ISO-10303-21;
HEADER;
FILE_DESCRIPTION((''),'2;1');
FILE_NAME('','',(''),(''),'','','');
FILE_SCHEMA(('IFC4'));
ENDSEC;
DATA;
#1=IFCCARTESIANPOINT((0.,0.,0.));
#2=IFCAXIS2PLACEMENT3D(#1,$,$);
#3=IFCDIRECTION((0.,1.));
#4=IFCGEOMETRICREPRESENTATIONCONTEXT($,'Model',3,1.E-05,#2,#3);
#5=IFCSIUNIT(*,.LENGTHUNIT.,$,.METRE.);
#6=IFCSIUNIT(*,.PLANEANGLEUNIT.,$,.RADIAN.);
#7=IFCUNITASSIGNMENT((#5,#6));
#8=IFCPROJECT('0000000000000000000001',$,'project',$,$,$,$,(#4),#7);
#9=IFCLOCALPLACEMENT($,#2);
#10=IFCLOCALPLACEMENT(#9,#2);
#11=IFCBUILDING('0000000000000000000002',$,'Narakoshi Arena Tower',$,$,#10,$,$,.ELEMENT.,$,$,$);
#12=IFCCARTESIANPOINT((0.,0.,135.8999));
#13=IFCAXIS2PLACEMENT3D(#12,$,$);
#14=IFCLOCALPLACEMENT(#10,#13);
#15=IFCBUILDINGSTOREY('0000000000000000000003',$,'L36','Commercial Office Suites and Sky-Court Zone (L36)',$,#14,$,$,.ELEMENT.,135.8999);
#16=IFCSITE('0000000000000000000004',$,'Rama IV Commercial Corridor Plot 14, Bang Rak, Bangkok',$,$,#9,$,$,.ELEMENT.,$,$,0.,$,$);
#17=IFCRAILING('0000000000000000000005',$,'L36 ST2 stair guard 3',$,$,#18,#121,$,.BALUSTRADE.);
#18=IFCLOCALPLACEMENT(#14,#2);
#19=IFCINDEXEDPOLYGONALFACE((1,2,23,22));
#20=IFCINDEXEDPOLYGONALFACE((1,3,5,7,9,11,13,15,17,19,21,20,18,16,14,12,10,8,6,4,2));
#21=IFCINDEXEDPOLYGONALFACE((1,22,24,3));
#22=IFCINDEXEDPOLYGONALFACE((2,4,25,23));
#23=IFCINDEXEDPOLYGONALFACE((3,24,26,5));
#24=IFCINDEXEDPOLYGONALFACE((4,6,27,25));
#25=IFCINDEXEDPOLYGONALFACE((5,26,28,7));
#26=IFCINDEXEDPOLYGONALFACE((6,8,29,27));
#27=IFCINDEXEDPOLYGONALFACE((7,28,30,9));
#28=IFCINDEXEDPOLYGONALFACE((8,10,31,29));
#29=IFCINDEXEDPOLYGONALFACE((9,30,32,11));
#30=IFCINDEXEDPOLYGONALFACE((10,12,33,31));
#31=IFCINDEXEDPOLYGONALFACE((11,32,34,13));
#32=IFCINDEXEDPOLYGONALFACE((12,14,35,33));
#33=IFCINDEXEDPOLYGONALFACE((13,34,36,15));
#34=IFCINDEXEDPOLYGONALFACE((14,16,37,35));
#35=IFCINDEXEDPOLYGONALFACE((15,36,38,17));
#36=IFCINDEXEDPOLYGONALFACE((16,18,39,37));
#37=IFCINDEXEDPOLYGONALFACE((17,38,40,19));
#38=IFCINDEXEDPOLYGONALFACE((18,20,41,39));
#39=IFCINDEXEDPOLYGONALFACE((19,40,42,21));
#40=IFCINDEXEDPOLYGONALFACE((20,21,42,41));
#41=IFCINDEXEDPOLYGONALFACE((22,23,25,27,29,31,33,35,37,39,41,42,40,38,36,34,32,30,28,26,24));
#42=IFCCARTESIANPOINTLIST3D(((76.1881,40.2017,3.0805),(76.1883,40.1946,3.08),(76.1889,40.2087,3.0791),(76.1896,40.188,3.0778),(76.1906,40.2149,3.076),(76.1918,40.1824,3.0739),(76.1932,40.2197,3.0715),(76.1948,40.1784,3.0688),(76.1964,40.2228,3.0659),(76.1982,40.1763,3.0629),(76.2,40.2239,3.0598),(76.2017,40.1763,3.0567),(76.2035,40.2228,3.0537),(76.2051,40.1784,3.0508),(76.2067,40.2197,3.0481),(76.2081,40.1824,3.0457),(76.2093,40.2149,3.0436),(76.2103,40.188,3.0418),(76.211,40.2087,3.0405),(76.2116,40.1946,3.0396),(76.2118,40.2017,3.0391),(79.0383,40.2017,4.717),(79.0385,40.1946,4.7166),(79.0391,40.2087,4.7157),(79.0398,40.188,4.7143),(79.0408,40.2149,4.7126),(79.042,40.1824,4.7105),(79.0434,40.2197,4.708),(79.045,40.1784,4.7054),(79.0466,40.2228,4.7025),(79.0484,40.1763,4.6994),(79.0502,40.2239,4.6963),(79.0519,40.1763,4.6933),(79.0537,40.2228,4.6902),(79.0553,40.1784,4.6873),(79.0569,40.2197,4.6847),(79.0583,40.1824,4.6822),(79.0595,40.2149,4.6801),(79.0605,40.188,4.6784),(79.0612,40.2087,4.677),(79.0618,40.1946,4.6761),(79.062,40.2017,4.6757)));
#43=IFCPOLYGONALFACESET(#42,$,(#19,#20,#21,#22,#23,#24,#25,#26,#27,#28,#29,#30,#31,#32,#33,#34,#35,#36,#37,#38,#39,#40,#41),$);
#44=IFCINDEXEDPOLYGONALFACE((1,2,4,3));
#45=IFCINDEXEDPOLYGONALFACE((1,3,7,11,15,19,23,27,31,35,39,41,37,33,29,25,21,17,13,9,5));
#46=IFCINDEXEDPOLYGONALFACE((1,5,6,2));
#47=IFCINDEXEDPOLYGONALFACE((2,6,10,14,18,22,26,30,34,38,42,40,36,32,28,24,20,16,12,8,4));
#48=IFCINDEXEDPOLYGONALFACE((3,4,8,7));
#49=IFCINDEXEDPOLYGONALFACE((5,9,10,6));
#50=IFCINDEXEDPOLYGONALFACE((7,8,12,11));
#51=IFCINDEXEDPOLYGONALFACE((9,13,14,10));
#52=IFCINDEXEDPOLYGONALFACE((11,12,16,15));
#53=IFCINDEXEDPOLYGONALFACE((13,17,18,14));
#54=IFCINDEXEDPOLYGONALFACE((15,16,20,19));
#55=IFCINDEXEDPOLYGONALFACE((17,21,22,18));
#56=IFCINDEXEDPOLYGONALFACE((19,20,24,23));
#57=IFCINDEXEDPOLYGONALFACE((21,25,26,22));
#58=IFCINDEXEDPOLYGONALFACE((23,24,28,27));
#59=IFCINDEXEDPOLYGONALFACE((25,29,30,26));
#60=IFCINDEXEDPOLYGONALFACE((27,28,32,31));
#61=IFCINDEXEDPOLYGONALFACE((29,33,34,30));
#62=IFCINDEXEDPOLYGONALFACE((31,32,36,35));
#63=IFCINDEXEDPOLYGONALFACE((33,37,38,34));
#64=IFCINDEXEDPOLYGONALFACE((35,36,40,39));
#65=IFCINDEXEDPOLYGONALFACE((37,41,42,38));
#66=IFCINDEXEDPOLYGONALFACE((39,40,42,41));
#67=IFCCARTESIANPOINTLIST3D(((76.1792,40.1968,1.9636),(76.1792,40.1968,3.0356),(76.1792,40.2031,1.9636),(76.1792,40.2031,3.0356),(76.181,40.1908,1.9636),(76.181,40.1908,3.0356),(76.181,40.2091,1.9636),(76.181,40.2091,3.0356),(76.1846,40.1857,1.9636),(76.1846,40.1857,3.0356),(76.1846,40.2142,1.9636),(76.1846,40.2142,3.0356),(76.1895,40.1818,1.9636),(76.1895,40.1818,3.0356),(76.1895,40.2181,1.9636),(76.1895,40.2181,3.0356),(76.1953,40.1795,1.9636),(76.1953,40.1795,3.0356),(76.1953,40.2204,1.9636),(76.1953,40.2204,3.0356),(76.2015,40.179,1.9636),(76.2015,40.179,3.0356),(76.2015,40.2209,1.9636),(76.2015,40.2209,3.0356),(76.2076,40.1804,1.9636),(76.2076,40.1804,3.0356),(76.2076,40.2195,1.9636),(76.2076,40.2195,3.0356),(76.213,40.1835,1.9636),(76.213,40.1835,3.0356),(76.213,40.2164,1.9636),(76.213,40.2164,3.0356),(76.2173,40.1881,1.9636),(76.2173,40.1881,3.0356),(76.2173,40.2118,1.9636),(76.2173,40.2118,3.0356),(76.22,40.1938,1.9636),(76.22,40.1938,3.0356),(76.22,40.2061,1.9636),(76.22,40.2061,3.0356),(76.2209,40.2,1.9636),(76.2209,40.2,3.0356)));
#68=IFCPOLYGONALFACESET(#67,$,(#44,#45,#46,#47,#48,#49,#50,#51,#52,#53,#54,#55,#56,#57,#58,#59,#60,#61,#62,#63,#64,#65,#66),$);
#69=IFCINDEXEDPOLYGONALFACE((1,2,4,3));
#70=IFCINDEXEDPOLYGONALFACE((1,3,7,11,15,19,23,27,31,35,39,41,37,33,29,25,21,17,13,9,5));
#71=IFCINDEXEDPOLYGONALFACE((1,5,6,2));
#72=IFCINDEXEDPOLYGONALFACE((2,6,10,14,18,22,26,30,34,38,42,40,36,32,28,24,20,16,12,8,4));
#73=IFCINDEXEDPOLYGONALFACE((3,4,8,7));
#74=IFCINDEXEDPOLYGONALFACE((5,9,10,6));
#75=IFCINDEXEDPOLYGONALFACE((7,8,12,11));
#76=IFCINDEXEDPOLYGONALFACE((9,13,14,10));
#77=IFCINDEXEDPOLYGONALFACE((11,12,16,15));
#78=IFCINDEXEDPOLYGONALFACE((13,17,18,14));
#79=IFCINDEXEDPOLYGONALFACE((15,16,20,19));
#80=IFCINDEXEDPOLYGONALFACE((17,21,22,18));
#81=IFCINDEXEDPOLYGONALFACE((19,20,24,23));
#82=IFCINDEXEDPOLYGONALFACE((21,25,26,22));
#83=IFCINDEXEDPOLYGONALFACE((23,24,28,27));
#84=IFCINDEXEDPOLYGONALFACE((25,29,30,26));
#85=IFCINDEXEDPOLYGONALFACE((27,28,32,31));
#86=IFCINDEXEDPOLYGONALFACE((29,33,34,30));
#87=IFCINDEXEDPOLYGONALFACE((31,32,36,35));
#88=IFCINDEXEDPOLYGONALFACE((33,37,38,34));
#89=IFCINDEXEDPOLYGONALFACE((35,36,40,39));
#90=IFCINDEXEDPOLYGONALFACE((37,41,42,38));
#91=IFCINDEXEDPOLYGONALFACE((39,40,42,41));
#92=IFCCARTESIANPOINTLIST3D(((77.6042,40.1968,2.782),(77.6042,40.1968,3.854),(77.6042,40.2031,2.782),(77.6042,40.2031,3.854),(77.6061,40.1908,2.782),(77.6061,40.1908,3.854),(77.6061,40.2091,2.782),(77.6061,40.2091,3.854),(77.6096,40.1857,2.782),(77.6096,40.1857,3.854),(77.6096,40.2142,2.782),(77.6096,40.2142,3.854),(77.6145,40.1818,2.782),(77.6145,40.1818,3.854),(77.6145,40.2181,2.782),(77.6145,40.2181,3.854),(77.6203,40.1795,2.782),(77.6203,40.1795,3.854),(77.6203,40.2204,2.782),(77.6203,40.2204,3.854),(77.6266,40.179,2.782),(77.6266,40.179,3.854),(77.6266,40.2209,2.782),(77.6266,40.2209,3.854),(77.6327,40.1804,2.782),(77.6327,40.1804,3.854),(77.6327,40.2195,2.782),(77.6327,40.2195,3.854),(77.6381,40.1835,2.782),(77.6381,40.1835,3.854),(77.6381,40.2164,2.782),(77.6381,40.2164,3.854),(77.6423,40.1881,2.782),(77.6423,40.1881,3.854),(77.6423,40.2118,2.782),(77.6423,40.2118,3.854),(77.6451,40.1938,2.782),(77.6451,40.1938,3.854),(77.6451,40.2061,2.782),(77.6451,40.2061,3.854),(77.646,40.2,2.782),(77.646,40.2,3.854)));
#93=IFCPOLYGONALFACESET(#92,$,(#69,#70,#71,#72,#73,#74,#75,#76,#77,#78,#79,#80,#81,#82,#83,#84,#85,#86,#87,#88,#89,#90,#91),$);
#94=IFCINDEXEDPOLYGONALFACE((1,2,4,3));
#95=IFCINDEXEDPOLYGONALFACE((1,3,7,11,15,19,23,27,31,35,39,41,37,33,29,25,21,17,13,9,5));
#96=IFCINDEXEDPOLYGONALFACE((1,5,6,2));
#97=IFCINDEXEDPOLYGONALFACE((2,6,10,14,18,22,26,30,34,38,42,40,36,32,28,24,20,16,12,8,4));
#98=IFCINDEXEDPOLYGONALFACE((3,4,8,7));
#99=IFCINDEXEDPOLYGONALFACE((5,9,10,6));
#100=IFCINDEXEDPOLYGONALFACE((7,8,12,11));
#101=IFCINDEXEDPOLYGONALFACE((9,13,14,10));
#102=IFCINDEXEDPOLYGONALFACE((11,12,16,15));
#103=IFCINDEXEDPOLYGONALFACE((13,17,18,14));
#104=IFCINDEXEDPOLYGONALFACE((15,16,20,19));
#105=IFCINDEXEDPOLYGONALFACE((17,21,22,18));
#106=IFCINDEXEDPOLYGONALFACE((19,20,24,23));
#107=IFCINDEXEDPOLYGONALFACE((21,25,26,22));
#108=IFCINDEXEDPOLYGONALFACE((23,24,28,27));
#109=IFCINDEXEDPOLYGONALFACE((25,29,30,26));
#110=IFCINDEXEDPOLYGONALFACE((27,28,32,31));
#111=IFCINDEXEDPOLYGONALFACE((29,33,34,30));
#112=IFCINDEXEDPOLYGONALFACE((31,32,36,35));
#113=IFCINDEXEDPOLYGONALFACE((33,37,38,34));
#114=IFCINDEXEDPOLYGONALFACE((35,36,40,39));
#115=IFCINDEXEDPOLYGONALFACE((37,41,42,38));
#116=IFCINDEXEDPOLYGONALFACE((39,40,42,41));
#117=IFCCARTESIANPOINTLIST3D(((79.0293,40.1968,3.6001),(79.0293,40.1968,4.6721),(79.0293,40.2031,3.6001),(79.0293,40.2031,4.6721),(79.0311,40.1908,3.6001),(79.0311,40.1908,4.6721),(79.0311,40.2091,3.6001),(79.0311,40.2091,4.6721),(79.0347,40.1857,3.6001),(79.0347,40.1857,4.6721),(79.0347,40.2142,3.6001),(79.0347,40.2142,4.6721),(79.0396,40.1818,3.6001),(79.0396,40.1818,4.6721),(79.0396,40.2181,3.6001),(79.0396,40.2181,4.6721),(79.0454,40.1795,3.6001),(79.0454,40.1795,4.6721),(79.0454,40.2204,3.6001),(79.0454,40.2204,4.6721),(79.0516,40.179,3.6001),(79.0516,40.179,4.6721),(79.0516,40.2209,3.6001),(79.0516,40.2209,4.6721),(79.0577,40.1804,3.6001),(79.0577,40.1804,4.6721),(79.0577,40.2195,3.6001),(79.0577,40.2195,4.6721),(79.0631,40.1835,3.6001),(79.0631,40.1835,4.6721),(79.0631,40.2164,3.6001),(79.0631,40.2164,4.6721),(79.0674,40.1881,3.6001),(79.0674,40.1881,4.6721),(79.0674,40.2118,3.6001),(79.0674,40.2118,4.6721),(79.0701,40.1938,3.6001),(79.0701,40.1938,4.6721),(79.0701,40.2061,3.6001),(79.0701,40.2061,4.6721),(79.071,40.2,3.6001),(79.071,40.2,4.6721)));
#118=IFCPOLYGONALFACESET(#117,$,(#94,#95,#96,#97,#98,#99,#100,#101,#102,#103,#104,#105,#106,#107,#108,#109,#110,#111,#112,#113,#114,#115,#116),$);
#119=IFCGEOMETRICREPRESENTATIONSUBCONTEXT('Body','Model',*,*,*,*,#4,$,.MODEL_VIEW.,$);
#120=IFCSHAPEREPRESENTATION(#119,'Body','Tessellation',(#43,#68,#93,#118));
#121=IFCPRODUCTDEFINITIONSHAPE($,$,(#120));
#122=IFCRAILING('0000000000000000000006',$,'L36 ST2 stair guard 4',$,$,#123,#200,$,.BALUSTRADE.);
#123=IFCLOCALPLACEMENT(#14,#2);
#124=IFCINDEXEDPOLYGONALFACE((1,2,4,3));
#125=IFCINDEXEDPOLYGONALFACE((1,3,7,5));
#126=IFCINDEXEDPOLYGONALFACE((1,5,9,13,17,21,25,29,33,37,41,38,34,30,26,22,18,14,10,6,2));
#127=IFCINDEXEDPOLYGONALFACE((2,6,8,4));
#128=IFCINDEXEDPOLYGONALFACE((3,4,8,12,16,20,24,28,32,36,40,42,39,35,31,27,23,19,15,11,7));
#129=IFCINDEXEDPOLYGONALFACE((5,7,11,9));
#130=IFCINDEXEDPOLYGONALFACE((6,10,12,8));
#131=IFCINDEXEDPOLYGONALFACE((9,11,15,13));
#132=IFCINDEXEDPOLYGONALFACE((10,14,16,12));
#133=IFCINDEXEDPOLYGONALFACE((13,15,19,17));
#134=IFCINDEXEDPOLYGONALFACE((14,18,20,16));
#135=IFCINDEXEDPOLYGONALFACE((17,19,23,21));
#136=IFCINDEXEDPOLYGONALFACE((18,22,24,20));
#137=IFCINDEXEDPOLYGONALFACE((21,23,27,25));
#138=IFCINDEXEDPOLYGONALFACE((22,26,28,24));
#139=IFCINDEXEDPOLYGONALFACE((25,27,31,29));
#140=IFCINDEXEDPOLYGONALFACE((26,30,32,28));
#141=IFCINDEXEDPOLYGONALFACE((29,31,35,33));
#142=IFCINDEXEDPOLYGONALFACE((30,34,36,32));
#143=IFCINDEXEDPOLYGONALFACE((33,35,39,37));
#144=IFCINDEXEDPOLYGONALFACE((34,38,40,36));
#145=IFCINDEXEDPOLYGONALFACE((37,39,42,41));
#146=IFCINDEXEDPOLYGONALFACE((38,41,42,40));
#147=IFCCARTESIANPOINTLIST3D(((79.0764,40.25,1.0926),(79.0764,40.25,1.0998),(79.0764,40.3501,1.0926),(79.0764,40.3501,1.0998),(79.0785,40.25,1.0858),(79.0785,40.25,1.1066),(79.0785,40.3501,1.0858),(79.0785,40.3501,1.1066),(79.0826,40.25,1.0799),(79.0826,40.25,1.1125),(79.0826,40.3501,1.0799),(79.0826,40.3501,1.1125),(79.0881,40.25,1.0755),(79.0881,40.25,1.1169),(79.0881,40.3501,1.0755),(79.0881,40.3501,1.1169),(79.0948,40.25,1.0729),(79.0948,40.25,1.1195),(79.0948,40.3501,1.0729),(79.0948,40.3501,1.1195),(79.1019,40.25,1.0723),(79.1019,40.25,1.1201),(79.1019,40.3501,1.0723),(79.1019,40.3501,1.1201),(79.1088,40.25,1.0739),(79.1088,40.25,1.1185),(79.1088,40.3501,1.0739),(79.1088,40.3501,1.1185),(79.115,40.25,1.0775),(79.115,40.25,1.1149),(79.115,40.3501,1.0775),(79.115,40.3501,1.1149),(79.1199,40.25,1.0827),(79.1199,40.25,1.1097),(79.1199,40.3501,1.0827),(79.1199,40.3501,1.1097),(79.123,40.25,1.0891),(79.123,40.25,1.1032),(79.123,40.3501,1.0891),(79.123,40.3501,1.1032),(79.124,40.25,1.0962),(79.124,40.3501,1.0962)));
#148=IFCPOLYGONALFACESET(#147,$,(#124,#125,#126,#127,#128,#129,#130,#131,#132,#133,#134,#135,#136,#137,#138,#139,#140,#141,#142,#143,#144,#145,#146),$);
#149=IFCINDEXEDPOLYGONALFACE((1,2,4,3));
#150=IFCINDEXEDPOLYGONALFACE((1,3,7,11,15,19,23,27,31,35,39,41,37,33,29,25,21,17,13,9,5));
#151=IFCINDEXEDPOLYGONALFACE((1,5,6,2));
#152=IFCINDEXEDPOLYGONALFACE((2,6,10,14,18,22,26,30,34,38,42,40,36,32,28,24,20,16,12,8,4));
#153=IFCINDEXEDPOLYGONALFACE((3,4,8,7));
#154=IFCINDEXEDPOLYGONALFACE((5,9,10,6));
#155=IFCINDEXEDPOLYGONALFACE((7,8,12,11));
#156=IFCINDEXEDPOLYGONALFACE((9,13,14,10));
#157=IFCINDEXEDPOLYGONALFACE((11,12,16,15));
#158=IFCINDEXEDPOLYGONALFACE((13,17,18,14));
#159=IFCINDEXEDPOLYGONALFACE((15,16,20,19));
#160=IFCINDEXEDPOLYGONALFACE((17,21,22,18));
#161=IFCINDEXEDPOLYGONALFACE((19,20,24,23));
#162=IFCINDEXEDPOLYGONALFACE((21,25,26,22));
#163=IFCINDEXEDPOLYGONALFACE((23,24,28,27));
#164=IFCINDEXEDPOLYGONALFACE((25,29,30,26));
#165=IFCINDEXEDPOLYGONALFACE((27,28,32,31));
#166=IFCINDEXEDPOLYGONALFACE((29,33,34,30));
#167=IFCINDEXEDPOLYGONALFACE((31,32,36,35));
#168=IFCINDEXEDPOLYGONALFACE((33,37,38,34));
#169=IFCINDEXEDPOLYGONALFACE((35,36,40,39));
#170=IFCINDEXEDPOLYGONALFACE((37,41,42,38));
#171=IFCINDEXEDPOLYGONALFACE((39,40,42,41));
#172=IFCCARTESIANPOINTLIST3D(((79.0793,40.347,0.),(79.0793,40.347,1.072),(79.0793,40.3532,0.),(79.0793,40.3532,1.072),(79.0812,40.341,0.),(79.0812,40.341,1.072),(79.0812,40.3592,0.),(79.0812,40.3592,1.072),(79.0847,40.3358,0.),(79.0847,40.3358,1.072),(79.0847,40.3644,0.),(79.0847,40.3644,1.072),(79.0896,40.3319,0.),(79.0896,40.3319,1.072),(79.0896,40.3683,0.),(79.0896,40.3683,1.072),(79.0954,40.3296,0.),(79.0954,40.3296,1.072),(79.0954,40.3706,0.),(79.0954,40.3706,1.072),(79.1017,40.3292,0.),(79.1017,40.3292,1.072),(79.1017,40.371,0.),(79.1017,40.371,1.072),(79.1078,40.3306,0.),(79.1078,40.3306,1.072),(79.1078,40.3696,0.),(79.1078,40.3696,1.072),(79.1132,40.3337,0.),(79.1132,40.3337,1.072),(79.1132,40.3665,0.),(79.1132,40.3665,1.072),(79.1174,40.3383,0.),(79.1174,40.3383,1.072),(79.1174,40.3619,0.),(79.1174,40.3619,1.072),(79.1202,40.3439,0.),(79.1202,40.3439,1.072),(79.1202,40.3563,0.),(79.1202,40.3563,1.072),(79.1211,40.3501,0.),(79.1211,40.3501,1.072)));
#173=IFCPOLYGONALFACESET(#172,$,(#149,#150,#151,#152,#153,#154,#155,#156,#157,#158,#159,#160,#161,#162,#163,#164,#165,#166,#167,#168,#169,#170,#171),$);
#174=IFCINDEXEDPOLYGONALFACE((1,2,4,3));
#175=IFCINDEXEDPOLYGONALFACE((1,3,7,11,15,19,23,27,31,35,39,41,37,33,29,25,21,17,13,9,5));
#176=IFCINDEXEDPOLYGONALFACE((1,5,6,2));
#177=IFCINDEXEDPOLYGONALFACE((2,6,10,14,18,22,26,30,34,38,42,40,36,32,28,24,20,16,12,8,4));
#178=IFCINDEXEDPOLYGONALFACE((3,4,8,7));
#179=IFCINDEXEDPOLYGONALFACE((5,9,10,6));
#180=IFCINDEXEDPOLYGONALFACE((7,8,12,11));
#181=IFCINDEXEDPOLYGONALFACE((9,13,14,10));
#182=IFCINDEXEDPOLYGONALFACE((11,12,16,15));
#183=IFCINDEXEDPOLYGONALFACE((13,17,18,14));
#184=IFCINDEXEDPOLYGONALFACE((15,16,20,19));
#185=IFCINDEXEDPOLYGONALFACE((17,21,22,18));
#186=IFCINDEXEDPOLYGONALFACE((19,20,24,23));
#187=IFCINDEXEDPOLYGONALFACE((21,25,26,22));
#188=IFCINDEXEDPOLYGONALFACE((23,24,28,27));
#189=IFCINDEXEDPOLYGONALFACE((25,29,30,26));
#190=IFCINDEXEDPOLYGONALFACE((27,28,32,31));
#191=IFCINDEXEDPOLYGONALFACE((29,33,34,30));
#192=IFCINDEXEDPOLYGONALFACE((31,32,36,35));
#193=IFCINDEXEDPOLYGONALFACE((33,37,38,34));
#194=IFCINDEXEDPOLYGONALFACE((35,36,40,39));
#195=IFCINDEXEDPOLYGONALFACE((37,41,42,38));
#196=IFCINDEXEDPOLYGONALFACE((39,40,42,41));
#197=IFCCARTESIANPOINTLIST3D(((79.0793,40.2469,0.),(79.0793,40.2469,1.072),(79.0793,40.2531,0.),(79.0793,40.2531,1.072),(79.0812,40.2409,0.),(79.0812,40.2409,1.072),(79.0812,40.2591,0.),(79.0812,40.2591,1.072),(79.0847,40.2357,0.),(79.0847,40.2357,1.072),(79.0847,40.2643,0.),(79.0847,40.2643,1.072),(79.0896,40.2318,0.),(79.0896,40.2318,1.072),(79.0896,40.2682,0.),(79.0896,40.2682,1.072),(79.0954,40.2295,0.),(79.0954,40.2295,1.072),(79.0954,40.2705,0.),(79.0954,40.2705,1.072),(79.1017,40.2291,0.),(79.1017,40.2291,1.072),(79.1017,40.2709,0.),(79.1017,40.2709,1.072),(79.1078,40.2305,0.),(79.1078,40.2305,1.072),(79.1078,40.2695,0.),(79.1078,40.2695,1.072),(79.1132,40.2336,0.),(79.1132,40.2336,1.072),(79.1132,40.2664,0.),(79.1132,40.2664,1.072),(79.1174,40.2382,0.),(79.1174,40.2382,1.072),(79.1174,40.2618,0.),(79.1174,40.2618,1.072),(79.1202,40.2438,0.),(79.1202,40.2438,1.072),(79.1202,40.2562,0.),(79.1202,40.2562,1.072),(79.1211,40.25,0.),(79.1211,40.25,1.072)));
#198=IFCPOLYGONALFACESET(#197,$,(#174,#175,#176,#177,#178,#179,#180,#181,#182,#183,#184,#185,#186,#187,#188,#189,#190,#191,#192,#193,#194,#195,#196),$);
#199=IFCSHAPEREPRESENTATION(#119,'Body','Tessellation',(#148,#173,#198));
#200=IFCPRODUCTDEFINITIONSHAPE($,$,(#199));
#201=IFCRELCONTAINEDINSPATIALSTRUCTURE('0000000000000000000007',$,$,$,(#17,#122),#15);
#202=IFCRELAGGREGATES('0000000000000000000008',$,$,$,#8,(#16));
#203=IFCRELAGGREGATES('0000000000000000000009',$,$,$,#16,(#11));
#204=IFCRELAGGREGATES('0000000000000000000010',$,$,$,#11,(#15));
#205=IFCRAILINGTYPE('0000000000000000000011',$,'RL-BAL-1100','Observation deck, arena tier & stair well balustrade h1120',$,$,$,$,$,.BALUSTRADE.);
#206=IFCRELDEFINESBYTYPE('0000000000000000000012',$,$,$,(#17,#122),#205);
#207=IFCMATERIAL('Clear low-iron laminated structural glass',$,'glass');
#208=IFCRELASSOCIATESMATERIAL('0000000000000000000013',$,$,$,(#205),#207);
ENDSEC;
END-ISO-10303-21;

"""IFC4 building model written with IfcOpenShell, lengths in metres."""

from ifc_helpers import new_model, si_unit, direction, frame, origin, origin_2d, place, context, subcontext, project, spatial, circle, extrude, material, type_object, element, save


model = new_model("IFC4")

# Units and contexts
model_context = context("Model", 3, precision=1e-05, world=origin(), true_north=direction((0.0, 1.0)))
body_context = subcontext(model_context, "Body", "Model", "MODEL_VIEW")
ifc_project = project(units=[si_unit("LENGTHUNIT", "METRE"), si_unit("PLANEANGLEUNIT", "RADIAN")], contexts=[model_context])

# Site, building, storey
site_placement = place(None, origin())
site = spatial("IfcSite", under=ifc_project, at=site_placement, Name="Rama IV Commercial Corridor Plot 14, Bang Rak, Bangkok", CompositionType="ELEMENT", RefElevation=0.0)
building_placement = place(site_placement, origin())
building = spatial("IfcBuilding", under=site, at=building_placement, Name="Narakoshi Arena Tower", CompositionType="ELEMENT")
storey_placement = place(building_placement, frame((0.0, 0.0, 135.8999)))
storey = spatial("IfcBuildingStorey", under=building, at=storey_placement, Name="L36", Description="Commercial Office Suites and Sky-Court Zone (L36)", CompositionType="ELEMENT", Elevation=135.8999)

# Railings
ifc_material_1 = material(Name="Clear low-iron laminated structural glass", Category="glass")
railing_type_1 = type_object("IfcRailingType", Name="RL-BAL-1100", Description="Observation deck, arena tier & stair well balustrade h1120", PredefinedType="BALUSTRADE", material=ifc_material_1)
railing_1_placement = place(storey_placement, frame((76.2, 40.2, 1.9636)))
element("IfcRailing", 1, at=railing_1_placement, inside=storey, type_object=railing_type_1, Name="L36 ST2 stair guard 3", PredefinedType="BALUSTRADE", context=body_context, shape_type="SweptSolid", body=[
    extrude(circle(Radius=0.0239, at=origin_2d()), frame((0.0, 0.0, 1.0962), z_axis=(0.867213, 0.0, 0.497938), x_axis=(0.0, 1.0, 0.0)), (0.0, 0.0, 1.0), 3.2866),
    extrude(circle(Radius=0.021, at=origin_2d()), origin(), (0.0, 0.0, 1.0), 1.072),
    extrude(circle(Radius=0.021, at=origin_2d()), frame((1.425, 0.0, 0.8184)), (0.0, 0.0, 1.0), 1.072),
    extrude(circle(Radius=0.021, at=origin_2d()), frame((2.8501, 0.0, 1.6365)), (0.0, 0.0, 1.0), 1.072),
])
railing_2_placement = place(storey_placement, frame((79.1001, 40.3501, 0.0)))
element("IfcRailing", 2, at=railing_2_placement, inside=storey, type_object=railing_type_1, Name="L36 ST2 stair guard 4", PredefinedType="BALUSTRADE", context=body_context, shape_type="SweptSolid", body=[
    extrude(circle(Radius=0.0239, at=origin_2d()), frame((0.0, 0.0, 1.0962), z_axis=(0.0, -1.0, 0.0), x_axis=(1.0, 0.0, 0.0)), (0.0, 0.0, 1.0), 0.1001),
    extrude(circle(Radius=0.021, at=origin_2d()), origin(), (0.0, 0.0, 1.0), 1.072),
    extrude(circle(Radius=0.021, at=origin_2d()), frame((0.0, -0.1001, 0.0)), (0.0, 0.0, 1.0), 1.072),
])

save(model, "model.ifc")
